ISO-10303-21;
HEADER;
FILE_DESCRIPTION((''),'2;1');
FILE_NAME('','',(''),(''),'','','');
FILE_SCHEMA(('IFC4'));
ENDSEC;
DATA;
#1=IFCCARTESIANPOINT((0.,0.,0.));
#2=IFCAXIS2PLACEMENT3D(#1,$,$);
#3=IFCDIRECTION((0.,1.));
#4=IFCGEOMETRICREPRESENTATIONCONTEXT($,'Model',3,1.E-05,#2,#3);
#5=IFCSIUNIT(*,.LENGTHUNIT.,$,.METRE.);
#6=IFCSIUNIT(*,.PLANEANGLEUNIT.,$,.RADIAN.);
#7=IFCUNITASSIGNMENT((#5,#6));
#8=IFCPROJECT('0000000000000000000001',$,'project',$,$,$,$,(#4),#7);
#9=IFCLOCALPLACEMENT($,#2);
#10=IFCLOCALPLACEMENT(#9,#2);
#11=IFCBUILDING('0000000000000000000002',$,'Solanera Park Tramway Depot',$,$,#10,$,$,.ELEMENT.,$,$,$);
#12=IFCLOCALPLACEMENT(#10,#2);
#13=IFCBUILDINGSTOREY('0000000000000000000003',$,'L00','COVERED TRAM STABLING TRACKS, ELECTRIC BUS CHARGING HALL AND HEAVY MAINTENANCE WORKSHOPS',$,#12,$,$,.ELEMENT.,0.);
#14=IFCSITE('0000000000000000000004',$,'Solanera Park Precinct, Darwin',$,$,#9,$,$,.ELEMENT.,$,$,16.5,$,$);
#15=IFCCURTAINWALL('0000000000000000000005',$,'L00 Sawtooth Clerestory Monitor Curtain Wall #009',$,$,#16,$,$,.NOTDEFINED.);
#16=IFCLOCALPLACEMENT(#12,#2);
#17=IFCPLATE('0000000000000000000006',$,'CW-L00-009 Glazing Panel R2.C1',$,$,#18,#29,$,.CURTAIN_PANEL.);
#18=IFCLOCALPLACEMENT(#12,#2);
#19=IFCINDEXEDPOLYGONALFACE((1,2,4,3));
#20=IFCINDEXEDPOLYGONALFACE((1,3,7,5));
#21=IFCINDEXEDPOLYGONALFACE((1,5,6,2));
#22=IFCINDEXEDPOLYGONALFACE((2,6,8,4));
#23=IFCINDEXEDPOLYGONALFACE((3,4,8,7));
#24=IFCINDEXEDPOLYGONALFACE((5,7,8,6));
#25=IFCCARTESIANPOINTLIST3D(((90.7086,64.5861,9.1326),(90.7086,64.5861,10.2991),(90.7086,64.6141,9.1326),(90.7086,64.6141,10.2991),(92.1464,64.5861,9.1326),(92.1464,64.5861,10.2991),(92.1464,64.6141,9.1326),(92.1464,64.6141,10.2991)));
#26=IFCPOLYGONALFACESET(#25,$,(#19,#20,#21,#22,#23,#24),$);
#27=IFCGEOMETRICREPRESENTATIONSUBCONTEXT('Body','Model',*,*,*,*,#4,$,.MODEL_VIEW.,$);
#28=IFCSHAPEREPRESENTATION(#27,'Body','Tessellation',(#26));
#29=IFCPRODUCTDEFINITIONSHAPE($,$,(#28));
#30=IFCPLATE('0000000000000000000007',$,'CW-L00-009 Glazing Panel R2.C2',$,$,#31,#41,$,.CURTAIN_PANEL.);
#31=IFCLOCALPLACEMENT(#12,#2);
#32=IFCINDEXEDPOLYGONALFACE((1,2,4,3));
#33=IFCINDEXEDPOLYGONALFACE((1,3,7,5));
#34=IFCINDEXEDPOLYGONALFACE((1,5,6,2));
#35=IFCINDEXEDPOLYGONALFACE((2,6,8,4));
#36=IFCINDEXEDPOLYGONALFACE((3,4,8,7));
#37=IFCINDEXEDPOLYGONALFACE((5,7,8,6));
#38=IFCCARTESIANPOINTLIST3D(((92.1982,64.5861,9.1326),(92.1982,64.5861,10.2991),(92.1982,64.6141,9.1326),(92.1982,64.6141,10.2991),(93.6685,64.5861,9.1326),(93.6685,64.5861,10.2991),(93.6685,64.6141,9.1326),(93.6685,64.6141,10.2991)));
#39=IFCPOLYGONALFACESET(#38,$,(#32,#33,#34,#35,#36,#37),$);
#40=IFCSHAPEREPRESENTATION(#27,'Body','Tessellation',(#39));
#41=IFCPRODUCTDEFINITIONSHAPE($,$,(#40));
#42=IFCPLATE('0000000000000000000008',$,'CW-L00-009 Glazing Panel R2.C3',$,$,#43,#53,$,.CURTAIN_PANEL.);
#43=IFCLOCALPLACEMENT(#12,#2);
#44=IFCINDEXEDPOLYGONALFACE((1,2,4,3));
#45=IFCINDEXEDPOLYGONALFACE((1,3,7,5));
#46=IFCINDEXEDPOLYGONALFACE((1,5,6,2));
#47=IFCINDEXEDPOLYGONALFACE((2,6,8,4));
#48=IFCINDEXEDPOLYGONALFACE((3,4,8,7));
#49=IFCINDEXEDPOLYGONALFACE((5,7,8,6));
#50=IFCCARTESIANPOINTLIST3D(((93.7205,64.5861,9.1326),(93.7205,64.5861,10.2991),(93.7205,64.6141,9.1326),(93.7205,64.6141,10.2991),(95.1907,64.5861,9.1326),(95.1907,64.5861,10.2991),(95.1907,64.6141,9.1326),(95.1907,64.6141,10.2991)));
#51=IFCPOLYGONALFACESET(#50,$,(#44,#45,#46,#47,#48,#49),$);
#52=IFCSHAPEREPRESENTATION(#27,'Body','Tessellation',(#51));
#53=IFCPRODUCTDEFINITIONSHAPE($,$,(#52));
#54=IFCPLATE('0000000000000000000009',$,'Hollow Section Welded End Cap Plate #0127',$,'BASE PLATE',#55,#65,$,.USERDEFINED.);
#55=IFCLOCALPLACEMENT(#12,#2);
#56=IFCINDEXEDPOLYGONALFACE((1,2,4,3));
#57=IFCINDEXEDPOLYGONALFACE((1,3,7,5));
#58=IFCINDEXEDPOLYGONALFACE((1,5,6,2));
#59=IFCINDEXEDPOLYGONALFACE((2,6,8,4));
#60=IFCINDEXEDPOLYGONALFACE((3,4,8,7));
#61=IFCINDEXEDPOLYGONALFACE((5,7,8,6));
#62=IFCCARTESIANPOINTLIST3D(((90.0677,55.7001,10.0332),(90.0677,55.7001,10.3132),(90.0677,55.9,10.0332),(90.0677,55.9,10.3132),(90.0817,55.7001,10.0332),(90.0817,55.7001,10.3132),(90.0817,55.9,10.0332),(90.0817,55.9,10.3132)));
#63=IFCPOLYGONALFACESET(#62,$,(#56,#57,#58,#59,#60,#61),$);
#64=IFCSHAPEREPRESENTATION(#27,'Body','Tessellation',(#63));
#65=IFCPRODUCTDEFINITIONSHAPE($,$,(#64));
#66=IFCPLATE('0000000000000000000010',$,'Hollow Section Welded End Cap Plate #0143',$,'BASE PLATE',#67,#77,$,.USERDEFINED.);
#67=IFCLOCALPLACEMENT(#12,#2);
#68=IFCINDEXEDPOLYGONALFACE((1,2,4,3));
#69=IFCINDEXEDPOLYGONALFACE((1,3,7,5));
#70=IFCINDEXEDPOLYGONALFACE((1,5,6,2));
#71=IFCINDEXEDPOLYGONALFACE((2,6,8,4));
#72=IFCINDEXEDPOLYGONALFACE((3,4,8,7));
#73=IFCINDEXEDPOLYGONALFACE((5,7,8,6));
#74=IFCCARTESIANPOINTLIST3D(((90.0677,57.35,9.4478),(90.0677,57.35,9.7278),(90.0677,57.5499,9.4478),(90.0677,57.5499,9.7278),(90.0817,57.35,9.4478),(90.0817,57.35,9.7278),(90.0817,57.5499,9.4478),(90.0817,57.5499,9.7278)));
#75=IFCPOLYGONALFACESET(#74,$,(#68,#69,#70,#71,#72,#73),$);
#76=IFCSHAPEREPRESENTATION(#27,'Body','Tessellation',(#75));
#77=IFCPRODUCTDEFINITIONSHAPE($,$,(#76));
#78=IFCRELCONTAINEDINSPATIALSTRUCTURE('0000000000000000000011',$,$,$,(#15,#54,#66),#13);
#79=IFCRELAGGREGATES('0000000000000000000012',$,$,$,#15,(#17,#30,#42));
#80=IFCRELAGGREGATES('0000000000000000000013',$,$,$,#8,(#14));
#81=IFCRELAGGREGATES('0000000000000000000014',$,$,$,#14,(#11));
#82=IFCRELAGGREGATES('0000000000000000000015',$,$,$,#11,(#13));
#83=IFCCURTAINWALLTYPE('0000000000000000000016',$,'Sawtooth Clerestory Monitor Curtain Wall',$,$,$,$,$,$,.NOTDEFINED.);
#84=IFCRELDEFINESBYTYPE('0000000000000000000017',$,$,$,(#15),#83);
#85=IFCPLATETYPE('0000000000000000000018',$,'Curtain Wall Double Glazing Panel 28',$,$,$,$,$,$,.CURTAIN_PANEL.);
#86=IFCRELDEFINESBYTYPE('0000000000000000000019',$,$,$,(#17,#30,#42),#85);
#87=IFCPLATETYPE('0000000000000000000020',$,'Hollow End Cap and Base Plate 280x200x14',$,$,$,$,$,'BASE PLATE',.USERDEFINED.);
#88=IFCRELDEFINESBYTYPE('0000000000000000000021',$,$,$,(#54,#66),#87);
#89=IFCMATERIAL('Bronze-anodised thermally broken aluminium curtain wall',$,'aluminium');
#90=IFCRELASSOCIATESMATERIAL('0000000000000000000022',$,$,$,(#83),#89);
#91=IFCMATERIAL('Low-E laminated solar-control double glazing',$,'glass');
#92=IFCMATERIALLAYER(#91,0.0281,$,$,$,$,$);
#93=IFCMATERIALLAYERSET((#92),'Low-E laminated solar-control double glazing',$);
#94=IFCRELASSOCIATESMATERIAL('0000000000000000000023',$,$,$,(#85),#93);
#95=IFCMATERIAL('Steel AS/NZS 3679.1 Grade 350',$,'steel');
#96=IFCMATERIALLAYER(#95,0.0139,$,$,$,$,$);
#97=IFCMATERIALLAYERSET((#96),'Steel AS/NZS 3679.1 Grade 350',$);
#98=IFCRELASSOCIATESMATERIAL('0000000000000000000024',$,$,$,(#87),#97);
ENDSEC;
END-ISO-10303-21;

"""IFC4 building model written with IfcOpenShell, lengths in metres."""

from ifc_helpers import new_model, si_unit, direction, frame, origin, origin_2d, place, context, subcontext, project, spatial, rectangle, extrude, material, layer, layer_set, type_object, element, aggregate, save


model = new_model("IFC4")

# Units and contexts
model_context = context("Model", 3, precision=1e-05, world=origin(), true_north=direction((0.0, 1.0)))
body_context = subcontext(model_context, "Body", "Model", "MODEL_VIEW")
ifc_project = project(units=[si_unit("LENGTHUNIT", "METRE"), si_unit("PLANEANGLEUNIT", "RADIAN")], contexts=[model_context])

# Site, building, storey
site_placement = place(None, origin())
site = spatial("IfcSite", under=ifc_project, at=site_placement, Name="Solanera Park Precinct, Darwin", CompositionType="ELEMENT", RefElevation=16.5)
building_placement = place(site_placement, origin())
building = spatial("IfcBuilding", under=site, at=building_placement, Name="Solanera Park Tramway Depot", CompositionType="ELEMENT")
storey_placement = place(building_placement, origin())
storey = spatial("IfcBuildingStorey", under=building, at=storey_placement, Name="L00", Description="COVERED TRAM STABLING TRACKS, ELECTRIC BUS CHARGING HALL AND HEAVY MAINTENANCE WORKSHOPS", CompositionType="ELEMENT", Elevation=0.0)

# Curtain wall
ifc_material_1 = material(Name="Bronze-anodised thermally broken aluminium curtain wall", Category="aluminium")
curtain_wall_type = type_object("IfcCurtainWallType", Name="Sawtooth Clerestory Monitor Curtain Wall", PredefinedType="NOTDEFINED", material=ifc_material_1)
curtain_wall_placement = place(storey_placement, origin())
curtain_wall = element("IfcCurtainWall", 1, at=curtain_wall_placement, inside=storey, type_object=curtain_wall_type, Name="L00 Sawtooth Clerestory Monitor Curtain Wall #009", PredefinedType="NOTDEFINED")

# Plates
ifc_material_2 = material(Name="Low-E laminated solar-control double glazing", Category="glass")
ifc_layer_1 = layer(ifc_material_2, 0.0281)
ifc_layer_set_1 = layer_set([ifc_layer_1], Name="Low-E laminated solar-control double glazing")
plate_type_1 = type_object("IfcPlateType", Name="Curtain Wall Double Glazing Panel 28", PredefinedType="CURTAIN_PANEL", material=ifc_layer_set_1)
plate_1_placement = place(storey_placement, frame((91.4275, 64.6001, 9.1326), z_axis=(0.0, 0.0, 1.0), x_axis=(1.0, 0.0, 0.0)))
plate_1 = element("IfcPlate", 2, at=plate_1_placement, type_object=plate_type_1, Name="CW-L00-009 Glazing Panel R2.C1", PredefinedType="CURTAIN_PANEL", context=body_context, shape_type="SweptSolid", body=[
    extrude(rectangle(XDim=1.4377, YDim=0.0281, at=origin_2d()), origin(), (0.0, 0.0, 1.0), 1.1665),
])
plate_2_placement = place(storey_placement, frame((92.9333, 64.6001, 9.1326), z_axis=(0.0, 0.0, 1.0), x_axis=(1.0, 0.0, 0.0)))
plate_2 = element("IfcPlate", 3, at=plate_2_placement, type_object=plate_type_1, Name="CW-L00-009 Glazing Panel R2.C2", PredefinedType="CURTAIN_PANEL", context=body_context, shape_type="SweptSolid", body=[
    extrude(rectangle(XDim=1.4702, YDim=0.0281, at=origin_2d()), origin(), (0.0, 0.0, 1.0), 1.1665),
])
plate_3_placement = place(storey_placement, frame((94.4556, 64.6001, 9.1326), z_axis=(0.0, 0.0, 1.0), x_axis=(1.0, 0.0, 0.0)))
plate_3 = element("IfcPlate", 4, at=plate_3_placement, type_object=plate_type_1, Name="CW-L00-009 Glazing Panel R2.C3", PredefinedType="CURTAIN_PANEL", context=body_context, shape_type="SweptSolid", body=[
    extrude(rectangle(XDim=1.4702, YDim=0.0281, at=origin_2d()), origin(), (0.0, 0.0, 1.0), 1.1665),
])
aggregate(curtain_wall, [plate_1, plate_2, plate_3])

# Plates
ifc_material_3 = material(Name="Steel AS/NZS 3679.1 Grade 350", Category="steel")
ifc_layer_2 = layer(ifc_material_3, 0.0139)
ifc_layer_set_2 = layer_set([ifc_layer_2], Name="Steel AS/NZS 3679.1 Grade 350")
plate_type_2 = type_object("IfcPlateType", Name="Hollow End Cap and Base Plate 280x200x14", ElementType="BASE PLATE", PredefinedType="USERDEFINED", material=ifc_layer_set_2)
for number, where, z_axis, x_axis, name in (
    (5, (90.0747, 55.8, 10.0332), (0.0, 0.0, 1.0), (1.0, 0.0, 0.0), "Hollow Section Welded End Cap Plate #0127"),
    (6, (90.0747, 57.45, 9.4478), (0.0, 0.0, 1.0), (1.0, 0.0, 0.0), "Hollow Section Welded End Cap Plate #0143"),
):
    element("IfcPlate", number, at=place(storey_placement, frame(where, z_axis=z_axis, x_axis=x_axis)), inside=storey, type_object=plate_type_2, Name=name, ObjectType="BASE PLATE", PredefinedType="USERDEFINED", context=body_context, shape_type="SweptSolid", body=[
        extrude(rectangle(XDim=0.0139, YDim=0.2, at=origin_2d()), origin(), (0.0, 0.0, 1.0), 0.28),
    ])

save(model, "model.ifc")
